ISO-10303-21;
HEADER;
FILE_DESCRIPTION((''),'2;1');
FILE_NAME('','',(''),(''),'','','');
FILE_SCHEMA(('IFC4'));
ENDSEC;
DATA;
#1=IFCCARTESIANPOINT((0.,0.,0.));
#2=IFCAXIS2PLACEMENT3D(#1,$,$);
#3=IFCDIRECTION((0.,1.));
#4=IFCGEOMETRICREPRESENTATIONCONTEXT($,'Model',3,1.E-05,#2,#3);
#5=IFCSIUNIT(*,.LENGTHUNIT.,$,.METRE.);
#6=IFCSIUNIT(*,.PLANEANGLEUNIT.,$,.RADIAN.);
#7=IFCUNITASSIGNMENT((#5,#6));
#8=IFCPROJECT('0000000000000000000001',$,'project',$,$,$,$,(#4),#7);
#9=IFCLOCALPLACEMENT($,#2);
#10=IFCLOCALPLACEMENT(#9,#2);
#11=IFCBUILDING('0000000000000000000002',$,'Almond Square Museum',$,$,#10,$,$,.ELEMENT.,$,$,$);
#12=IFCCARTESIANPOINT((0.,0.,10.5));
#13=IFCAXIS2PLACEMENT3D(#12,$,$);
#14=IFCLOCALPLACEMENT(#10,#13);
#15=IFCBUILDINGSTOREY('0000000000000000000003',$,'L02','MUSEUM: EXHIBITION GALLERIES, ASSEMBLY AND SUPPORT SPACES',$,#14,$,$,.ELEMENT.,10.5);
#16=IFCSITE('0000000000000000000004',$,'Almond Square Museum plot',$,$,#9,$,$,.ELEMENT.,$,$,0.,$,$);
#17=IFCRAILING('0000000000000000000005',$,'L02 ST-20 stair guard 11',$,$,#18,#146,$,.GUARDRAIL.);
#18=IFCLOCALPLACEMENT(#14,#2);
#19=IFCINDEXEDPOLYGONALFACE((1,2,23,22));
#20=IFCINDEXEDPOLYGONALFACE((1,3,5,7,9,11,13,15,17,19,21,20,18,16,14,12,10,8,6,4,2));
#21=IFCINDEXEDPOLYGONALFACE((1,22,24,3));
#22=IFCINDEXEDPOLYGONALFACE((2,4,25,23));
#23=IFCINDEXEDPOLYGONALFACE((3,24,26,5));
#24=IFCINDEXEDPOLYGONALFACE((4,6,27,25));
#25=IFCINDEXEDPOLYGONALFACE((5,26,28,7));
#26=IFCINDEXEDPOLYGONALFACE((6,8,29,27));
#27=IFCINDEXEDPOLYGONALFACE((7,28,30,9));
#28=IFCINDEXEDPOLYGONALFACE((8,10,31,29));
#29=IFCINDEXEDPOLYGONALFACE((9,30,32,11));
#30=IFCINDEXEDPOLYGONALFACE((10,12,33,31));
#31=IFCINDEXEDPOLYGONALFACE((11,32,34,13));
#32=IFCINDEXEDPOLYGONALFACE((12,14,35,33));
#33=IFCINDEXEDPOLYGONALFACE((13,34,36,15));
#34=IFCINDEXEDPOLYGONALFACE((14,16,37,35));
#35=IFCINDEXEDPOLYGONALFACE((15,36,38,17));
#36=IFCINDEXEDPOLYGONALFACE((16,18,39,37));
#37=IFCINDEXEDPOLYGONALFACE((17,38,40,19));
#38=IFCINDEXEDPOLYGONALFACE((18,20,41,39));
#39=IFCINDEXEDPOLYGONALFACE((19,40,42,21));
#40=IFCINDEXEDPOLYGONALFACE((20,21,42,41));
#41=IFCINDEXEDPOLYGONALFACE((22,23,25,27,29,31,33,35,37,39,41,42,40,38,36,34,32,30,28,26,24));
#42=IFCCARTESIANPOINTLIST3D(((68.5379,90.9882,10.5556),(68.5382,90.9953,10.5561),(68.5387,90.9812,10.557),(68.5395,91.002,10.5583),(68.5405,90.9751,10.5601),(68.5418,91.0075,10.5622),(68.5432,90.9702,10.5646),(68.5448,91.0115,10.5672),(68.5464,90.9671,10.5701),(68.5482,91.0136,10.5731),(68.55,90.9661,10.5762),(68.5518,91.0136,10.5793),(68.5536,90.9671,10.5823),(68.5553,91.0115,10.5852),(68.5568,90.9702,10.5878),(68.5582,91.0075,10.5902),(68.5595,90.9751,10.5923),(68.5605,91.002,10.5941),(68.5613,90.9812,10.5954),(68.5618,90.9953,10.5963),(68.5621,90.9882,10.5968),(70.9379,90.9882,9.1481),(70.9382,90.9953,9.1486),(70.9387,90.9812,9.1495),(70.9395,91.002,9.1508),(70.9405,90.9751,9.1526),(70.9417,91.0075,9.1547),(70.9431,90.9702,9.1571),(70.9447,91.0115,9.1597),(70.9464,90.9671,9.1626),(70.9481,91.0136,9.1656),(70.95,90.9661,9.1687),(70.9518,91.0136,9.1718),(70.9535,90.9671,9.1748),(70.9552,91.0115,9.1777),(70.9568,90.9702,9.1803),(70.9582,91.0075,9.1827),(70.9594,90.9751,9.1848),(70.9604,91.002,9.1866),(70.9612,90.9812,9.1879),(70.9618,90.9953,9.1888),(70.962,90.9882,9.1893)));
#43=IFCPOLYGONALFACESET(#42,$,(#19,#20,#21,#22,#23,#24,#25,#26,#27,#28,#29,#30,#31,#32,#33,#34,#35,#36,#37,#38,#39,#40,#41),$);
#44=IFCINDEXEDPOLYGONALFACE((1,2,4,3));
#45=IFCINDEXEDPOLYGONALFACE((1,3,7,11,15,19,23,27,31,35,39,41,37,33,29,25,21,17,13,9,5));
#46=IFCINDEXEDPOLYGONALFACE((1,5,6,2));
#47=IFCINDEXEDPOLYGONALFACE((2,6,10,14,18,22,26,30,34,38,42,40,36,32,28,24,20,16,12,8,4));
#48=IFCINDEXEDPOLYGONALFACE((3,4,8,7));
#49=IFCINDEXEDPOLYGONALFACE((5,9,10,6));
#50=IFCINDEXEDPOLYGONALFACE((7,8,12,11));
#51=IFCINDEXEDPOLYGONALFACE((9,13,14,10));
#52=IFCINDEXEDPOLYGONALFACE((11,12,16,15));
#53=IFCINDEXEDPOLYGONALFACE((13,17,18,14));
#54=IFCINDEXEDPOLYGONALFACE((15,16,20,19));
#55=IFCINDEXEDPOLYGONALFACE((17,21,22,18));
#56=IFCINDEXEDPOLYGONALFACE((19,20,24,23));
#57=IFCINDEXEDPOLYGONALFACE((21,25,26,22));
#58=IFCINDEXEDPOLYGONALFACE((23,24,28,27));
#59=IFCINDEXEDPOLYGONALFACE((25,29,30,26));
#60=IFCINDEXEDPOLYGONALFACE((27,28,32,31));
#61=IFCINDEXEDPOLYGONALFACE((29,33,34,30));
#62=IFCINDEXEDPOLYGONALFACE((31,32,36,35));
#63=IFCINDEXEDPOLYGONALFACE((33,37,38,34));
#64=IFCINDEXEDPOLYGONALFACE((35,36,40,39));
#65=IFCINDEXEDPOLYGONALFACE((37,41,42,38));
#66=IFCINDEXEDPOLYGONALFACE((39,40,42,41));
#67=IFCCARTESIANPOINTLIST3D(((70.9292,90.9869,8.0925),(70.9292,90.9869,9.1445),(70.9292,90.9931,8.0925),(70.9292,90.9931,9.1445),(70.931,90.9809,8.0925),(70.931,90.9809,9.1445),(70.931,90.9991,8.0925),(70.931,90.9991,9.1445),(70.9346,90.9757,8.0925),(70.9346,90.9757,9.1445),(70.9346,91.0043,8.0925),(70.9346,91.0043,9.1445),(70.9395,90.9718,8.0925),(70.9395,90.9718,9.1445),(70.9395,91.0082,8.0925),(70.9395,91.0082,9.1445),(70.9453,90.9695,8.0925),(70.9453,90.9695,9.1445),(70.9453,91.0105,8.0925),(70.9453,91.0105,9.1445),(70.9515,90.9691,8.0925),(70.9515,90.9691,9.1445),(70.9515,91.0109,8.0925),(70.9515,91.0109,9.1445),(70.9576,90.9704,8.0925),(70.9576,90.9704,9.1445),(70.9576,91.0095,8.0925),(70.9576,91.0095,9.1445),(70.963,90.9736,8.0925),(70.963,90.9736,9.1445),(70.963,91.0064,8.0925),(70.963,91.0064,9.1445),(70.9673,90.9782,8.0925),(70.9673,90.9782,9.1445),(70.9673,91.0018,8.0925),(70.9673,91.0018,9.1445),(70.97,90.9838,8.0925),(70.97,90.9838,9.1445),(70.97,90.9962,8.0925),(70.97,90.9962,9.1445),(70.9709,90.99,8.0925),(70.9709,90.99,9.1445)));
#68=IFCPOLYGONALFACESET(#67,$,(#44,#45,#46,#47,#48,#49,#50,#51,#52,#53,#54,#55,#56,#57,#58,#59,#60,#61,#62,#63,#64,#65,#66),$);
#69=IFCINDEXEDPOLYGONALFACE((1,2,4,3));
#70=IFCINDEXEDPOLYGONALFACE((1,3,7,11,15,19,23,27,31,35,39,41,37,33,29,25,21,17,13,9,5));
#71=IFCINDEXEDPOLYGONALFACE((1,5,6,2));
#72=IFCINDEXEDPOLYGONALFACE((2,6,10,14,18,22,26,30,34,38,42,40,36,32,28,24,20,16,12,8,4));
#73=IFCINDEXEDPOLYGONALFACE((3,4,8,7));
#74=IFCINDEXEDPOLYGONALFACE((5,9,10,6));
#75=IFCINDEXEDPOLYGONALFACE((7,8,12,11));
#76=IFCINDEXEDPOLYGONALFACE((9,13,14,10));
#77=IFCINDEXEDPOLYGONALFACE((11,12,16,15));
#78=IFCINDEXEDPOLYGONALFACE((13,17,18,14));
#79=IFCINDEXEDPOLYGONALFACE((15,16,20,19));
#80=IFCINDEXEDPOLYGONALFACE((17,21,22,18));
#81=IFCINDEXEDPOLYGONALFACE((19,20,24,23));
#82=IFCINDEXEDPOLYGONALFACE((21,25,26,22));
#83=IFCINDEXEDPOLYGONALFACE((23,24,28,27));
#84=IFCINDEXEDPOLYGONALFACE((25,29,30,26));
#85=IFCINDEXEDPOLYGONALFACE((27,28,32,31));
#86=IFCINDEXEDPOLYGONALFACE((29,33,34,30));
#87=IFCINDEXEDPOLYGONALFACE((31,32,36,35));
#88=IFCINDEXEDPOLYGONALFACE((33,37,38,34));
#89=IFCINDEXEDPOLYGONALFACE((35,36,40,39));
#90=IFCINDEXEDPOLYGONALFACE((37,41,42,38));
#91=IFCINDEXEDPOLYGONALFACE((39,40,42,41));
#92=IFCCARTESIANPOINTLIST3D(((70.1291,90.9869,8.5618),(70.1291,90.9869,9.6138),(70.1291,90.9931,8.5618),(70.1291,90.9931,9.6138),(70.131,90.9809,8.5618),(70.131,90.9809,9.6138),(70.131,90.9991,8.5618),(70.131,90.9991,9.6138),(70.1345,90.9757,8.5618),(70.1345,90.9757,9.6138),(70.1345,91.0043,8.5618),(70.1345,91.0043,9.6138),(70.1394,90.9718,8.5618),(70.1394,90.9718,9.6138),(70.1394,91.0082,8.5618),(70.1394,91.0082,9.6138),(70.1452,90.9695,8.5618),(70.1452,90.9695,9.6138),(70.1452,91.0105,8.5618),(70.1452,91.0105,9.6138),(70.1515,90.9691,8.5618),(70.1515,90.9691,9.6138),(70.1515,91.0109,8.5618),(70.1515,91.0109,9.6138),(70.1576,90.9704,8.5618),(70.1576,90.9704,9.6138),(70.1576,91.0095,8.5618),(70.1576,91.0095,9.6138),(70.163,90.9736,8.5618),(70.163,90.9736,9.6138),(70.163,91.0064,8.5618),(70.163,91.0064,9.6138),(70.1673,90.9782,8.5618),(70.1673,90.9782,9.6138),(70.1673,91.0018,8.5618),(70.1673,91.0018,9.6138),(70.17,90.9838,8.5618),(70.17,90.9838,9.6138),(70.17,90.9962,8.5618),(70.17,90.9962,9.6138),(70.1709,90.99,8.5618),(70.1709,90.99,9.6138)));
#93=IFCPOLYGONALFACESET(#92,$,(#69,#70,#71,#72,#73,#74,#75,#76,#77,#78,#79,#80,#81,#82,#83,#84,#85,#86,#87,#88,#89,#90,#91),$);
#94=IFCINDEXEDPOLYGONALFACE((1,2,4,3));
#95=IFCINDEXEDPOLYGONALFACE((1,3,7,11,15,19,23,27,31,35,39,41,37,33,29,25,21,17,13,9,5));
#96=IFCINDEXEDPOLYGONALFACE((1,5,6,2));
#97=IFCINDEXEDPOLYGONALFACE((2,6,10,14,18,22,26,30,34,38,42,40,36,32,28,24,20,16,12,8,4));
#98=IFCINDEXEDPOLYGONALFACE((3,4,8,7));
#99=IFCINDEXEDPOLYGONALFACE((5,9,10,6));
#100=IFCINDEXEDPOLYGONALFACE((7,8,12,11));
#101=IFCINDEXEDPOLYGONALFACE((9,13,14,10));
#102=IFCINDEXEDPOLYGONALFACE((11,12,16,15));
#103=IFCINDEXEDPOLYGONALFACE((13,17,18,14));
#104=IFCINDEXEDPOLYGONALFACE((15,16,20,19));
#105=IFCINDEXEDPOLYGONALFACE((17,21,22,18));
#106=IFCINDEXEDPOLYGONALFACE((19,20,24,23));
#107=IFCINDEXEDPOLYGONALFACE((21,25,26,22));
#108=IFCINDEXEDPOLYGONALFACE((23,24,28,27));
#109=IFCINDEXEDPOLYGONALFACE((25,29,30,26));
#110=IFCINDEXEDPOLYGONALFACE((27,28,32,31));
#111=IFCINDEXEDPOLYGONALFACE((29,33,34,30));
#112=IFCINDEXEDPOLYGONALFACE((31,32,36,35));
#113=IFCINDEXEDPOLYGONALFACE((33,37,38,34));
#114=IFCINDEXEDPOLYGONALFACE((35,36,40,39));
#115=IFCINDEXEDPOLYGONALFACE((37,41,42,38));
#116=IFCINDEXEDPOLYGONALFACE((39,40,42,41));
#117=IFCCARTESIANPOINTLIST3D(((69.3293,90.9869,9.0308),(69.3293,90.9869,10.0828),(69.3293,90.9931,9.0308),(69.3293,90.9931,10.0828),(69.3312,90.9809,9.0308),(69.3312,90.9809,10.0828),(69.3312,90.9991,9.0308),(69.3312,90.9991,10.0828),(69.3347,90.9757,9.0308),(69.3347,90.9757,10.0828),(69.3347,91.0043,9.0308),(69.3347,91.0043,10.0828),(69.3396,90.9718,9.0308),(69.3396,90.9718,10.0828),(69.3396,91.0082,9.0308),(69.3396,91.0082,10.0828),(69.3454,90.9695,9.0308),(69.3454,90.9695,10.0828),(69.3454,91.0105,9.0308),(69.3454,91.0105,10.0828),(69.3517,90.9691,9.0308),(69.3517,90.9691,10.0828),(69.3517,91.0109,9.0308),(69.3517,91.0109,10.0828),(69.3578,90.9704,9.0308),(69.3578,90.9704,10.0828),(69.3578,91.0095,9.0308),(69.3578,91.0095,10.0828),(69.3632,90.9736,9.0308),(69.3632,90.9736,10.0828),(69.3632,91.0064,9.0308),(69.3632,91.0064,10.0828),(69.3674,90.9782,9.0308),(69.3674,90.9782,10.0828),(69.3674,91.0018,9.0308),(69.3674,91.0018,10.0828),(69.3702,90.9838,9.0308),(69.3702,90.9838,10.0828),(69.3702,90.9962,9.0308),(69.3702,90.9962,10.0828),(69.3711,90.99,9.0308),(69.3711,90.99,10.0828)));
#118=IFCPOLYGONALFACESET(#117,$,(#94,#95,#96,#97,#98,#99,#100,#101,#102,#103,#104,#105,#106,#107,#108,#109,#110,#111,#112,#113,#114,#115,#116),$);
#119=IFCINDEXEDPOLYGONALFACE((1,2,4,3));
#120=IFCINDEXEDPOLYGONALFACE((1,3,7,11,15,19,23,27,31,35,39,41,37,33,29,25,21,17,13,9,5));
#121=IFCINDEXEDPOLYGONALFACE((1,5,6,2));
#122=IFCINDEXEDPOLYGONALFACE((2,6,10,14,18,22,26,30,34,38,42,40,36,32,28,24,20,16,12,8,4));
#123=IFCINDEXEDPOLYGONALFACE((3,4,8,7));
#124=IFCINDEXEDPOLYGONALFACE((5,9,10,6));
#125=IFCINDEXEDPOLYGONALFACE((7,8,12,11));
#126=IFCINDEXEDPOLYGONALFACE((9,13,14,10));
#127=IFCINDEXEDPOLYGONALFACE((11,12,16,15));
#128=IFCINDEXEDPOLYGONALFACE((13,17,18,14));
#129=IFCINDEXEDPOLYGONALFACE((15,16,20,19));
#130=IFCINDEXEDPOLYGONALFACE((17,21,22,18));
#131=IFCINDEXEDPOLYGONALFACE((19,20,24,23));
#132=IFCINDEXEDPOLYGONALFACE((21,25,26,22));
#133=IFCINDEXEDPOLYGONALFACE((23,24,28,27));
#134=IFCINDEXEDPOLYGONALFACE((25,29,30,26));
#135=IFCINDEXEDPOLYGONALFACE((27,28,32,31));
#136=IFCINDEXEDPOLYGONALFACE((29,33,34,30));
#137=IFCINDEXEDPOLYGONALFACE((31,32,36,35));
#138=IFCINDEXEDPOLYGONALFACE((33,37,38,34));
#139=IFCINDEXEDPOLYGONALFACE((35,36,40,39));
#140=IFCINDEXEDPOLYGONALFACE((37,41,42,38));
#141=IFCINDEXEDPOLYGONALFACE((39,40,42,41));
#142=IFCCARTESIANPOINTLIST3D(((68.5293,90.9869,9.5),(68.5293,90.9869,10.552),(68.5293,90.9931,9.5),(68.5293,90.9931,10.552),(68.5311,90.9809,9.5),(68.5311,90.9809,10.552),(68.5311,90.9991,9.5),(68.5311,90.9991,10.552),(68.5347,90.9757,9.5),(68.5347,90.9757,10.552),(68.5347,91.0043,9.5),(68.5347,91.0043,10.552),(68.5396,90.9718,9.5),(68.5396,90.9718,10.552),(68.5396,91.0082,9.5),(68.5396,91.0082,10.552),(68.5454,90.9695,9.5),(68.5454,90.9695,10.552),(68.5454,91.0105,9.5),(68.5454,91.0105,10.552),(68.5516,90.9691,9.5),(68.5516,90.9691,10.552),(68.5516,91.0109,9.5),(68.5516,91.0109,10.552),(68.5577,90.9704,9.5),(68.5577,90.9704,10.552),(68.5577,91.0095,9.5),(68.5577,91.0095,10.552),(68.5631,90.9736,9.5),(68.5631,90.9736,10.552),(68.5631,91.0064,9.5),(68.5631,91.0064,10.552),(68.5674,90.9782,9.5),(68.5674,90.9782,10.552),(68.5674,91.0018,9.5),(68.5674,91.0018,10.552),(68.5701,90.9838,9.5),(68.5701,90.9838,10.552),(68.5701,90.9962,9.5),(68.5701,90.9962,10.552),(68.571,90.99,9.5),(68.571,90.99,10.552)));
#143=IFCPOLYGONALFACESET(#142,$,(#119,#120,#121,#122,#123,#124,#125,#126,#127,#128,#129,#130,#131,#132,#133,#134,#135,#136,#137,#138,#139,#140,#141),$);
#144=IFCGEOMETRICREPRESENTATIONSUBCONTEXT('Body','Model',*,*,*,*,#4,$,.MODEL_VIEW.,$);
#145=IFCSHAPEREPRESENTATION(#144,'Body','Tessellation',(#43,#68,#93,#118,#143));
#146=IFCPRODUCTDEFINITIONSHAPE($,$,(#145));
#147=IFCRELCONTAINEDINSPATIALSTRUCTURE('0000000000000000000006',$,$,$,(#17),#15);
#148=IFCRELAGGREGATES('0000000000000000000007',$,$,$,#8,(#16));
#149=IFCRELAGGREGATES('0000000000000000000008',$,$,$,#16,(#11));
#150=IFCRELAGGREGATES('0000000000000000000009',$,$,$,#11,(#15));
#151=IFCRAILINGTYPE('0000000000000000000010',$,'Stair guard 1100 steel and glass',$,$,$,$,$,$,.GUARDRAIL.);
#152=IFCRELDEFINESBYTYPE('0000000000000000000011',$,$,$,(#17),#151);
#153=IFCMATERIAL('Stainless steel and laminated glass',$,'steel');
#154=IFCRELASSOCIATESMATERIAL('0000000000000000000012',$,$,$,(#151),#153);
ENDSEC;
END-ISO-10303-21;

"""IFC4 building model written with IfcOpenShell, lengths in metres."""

from ifc_helpers import new_model, si_unit, direction, frame, origin, origin_2d, place, context, subcontext, project, spatial, circle, extrude, material, type_object, element, save


model = new_model("IFC4")

# Units and contexts
model_context = context("Model", 3, precision=1e-05, world=origin(), true_north=direction((0.0, 1.0)))
body_context = subcontext(model_context, "Body", "Model", "MODEL_VIEW")
ifc_project = project(units=[si_unit("LENGTHUNIT", "METRE"), si_unit("PLANEANGLEUNIT", "RADIAN")], contexts=[model_context])

# Site, building, storey
site_placement = place(None, origin())
site = spatial("IfcSite", under=ifc_project, at=site_placement, Name="Almond Square Museum plot", CompositionType="ELEMENT", RefElevation=0.0)
building_placement = place(site_placement, origin())
building = spatial("IfcBuilding", under=site, at=building_placement, Name="Almond Square Museum", CompositionType="ELEMENT")
storey_placement = place(building_placement, frame((0.0, 0.0, 10.5)))
storey = spatial("IfcBuildingStorey", under=building, at=storey_placement, Name="L02", Description="MUSEUM: EXHIBITION GALLERIES, ASSEMBLY AND SUPPORT SPACES", CompositionType="ELEMENT", Elevation=10.5)

# Railing
ifc_material_1 = material(Name="Stainless steel and laminated glass", Category="steel")
railing_type_1 = type_object("IfcRailingType", Name="Stair guard 1100 steel and glass", PredefinedType="GUARDRAIL", material=ifc_material_1)
railing_1_placement = place(storey_placement, frame((70.95, 90.99, 8.0925)))
element("IfcRailing", 1, at=railing_1_placement, inside=storey, type_object=railing_type_1, Name="L02 ST-20 stair guard 11", PredefinedType="GUARDRAIL", context=body_context, shape_type="SweptSolid", body=[
    extrude(circle(Radius=0.0239, at=origin_2d()), frame((0.0, 0.0, 1.0762), z_axis=(-0.862599, 0.0, 0.505888), x_axis=(0.0, -1.0, 0.0)), (0.0, 0.0, 1.0), 2.7822),
    extrude(circle(Radius=0.021, at=origin_2d()), origin(), (0.0, 0.0, 1.0), 1.052),
    extrude(circle(Radius=0.021, at=origin_2d()), frame((-0.8, 0.0, 0.4692)), (0.0, 0.0, 1.0), 1.052),
    extrude(circle(Radius=0.021, at=origin_2d()), frame((-1.5999, 0.0, 0.9382)), (0.0, 0.0, 1.0), 1.052),
    extrude(circle(Radius=0.021, at=origin_2d()), frame((-2.3999, 0.0, 1.4075)), (0.0, 0.0, 1.0), 1.052),
])

save(model, "model.ifc")
